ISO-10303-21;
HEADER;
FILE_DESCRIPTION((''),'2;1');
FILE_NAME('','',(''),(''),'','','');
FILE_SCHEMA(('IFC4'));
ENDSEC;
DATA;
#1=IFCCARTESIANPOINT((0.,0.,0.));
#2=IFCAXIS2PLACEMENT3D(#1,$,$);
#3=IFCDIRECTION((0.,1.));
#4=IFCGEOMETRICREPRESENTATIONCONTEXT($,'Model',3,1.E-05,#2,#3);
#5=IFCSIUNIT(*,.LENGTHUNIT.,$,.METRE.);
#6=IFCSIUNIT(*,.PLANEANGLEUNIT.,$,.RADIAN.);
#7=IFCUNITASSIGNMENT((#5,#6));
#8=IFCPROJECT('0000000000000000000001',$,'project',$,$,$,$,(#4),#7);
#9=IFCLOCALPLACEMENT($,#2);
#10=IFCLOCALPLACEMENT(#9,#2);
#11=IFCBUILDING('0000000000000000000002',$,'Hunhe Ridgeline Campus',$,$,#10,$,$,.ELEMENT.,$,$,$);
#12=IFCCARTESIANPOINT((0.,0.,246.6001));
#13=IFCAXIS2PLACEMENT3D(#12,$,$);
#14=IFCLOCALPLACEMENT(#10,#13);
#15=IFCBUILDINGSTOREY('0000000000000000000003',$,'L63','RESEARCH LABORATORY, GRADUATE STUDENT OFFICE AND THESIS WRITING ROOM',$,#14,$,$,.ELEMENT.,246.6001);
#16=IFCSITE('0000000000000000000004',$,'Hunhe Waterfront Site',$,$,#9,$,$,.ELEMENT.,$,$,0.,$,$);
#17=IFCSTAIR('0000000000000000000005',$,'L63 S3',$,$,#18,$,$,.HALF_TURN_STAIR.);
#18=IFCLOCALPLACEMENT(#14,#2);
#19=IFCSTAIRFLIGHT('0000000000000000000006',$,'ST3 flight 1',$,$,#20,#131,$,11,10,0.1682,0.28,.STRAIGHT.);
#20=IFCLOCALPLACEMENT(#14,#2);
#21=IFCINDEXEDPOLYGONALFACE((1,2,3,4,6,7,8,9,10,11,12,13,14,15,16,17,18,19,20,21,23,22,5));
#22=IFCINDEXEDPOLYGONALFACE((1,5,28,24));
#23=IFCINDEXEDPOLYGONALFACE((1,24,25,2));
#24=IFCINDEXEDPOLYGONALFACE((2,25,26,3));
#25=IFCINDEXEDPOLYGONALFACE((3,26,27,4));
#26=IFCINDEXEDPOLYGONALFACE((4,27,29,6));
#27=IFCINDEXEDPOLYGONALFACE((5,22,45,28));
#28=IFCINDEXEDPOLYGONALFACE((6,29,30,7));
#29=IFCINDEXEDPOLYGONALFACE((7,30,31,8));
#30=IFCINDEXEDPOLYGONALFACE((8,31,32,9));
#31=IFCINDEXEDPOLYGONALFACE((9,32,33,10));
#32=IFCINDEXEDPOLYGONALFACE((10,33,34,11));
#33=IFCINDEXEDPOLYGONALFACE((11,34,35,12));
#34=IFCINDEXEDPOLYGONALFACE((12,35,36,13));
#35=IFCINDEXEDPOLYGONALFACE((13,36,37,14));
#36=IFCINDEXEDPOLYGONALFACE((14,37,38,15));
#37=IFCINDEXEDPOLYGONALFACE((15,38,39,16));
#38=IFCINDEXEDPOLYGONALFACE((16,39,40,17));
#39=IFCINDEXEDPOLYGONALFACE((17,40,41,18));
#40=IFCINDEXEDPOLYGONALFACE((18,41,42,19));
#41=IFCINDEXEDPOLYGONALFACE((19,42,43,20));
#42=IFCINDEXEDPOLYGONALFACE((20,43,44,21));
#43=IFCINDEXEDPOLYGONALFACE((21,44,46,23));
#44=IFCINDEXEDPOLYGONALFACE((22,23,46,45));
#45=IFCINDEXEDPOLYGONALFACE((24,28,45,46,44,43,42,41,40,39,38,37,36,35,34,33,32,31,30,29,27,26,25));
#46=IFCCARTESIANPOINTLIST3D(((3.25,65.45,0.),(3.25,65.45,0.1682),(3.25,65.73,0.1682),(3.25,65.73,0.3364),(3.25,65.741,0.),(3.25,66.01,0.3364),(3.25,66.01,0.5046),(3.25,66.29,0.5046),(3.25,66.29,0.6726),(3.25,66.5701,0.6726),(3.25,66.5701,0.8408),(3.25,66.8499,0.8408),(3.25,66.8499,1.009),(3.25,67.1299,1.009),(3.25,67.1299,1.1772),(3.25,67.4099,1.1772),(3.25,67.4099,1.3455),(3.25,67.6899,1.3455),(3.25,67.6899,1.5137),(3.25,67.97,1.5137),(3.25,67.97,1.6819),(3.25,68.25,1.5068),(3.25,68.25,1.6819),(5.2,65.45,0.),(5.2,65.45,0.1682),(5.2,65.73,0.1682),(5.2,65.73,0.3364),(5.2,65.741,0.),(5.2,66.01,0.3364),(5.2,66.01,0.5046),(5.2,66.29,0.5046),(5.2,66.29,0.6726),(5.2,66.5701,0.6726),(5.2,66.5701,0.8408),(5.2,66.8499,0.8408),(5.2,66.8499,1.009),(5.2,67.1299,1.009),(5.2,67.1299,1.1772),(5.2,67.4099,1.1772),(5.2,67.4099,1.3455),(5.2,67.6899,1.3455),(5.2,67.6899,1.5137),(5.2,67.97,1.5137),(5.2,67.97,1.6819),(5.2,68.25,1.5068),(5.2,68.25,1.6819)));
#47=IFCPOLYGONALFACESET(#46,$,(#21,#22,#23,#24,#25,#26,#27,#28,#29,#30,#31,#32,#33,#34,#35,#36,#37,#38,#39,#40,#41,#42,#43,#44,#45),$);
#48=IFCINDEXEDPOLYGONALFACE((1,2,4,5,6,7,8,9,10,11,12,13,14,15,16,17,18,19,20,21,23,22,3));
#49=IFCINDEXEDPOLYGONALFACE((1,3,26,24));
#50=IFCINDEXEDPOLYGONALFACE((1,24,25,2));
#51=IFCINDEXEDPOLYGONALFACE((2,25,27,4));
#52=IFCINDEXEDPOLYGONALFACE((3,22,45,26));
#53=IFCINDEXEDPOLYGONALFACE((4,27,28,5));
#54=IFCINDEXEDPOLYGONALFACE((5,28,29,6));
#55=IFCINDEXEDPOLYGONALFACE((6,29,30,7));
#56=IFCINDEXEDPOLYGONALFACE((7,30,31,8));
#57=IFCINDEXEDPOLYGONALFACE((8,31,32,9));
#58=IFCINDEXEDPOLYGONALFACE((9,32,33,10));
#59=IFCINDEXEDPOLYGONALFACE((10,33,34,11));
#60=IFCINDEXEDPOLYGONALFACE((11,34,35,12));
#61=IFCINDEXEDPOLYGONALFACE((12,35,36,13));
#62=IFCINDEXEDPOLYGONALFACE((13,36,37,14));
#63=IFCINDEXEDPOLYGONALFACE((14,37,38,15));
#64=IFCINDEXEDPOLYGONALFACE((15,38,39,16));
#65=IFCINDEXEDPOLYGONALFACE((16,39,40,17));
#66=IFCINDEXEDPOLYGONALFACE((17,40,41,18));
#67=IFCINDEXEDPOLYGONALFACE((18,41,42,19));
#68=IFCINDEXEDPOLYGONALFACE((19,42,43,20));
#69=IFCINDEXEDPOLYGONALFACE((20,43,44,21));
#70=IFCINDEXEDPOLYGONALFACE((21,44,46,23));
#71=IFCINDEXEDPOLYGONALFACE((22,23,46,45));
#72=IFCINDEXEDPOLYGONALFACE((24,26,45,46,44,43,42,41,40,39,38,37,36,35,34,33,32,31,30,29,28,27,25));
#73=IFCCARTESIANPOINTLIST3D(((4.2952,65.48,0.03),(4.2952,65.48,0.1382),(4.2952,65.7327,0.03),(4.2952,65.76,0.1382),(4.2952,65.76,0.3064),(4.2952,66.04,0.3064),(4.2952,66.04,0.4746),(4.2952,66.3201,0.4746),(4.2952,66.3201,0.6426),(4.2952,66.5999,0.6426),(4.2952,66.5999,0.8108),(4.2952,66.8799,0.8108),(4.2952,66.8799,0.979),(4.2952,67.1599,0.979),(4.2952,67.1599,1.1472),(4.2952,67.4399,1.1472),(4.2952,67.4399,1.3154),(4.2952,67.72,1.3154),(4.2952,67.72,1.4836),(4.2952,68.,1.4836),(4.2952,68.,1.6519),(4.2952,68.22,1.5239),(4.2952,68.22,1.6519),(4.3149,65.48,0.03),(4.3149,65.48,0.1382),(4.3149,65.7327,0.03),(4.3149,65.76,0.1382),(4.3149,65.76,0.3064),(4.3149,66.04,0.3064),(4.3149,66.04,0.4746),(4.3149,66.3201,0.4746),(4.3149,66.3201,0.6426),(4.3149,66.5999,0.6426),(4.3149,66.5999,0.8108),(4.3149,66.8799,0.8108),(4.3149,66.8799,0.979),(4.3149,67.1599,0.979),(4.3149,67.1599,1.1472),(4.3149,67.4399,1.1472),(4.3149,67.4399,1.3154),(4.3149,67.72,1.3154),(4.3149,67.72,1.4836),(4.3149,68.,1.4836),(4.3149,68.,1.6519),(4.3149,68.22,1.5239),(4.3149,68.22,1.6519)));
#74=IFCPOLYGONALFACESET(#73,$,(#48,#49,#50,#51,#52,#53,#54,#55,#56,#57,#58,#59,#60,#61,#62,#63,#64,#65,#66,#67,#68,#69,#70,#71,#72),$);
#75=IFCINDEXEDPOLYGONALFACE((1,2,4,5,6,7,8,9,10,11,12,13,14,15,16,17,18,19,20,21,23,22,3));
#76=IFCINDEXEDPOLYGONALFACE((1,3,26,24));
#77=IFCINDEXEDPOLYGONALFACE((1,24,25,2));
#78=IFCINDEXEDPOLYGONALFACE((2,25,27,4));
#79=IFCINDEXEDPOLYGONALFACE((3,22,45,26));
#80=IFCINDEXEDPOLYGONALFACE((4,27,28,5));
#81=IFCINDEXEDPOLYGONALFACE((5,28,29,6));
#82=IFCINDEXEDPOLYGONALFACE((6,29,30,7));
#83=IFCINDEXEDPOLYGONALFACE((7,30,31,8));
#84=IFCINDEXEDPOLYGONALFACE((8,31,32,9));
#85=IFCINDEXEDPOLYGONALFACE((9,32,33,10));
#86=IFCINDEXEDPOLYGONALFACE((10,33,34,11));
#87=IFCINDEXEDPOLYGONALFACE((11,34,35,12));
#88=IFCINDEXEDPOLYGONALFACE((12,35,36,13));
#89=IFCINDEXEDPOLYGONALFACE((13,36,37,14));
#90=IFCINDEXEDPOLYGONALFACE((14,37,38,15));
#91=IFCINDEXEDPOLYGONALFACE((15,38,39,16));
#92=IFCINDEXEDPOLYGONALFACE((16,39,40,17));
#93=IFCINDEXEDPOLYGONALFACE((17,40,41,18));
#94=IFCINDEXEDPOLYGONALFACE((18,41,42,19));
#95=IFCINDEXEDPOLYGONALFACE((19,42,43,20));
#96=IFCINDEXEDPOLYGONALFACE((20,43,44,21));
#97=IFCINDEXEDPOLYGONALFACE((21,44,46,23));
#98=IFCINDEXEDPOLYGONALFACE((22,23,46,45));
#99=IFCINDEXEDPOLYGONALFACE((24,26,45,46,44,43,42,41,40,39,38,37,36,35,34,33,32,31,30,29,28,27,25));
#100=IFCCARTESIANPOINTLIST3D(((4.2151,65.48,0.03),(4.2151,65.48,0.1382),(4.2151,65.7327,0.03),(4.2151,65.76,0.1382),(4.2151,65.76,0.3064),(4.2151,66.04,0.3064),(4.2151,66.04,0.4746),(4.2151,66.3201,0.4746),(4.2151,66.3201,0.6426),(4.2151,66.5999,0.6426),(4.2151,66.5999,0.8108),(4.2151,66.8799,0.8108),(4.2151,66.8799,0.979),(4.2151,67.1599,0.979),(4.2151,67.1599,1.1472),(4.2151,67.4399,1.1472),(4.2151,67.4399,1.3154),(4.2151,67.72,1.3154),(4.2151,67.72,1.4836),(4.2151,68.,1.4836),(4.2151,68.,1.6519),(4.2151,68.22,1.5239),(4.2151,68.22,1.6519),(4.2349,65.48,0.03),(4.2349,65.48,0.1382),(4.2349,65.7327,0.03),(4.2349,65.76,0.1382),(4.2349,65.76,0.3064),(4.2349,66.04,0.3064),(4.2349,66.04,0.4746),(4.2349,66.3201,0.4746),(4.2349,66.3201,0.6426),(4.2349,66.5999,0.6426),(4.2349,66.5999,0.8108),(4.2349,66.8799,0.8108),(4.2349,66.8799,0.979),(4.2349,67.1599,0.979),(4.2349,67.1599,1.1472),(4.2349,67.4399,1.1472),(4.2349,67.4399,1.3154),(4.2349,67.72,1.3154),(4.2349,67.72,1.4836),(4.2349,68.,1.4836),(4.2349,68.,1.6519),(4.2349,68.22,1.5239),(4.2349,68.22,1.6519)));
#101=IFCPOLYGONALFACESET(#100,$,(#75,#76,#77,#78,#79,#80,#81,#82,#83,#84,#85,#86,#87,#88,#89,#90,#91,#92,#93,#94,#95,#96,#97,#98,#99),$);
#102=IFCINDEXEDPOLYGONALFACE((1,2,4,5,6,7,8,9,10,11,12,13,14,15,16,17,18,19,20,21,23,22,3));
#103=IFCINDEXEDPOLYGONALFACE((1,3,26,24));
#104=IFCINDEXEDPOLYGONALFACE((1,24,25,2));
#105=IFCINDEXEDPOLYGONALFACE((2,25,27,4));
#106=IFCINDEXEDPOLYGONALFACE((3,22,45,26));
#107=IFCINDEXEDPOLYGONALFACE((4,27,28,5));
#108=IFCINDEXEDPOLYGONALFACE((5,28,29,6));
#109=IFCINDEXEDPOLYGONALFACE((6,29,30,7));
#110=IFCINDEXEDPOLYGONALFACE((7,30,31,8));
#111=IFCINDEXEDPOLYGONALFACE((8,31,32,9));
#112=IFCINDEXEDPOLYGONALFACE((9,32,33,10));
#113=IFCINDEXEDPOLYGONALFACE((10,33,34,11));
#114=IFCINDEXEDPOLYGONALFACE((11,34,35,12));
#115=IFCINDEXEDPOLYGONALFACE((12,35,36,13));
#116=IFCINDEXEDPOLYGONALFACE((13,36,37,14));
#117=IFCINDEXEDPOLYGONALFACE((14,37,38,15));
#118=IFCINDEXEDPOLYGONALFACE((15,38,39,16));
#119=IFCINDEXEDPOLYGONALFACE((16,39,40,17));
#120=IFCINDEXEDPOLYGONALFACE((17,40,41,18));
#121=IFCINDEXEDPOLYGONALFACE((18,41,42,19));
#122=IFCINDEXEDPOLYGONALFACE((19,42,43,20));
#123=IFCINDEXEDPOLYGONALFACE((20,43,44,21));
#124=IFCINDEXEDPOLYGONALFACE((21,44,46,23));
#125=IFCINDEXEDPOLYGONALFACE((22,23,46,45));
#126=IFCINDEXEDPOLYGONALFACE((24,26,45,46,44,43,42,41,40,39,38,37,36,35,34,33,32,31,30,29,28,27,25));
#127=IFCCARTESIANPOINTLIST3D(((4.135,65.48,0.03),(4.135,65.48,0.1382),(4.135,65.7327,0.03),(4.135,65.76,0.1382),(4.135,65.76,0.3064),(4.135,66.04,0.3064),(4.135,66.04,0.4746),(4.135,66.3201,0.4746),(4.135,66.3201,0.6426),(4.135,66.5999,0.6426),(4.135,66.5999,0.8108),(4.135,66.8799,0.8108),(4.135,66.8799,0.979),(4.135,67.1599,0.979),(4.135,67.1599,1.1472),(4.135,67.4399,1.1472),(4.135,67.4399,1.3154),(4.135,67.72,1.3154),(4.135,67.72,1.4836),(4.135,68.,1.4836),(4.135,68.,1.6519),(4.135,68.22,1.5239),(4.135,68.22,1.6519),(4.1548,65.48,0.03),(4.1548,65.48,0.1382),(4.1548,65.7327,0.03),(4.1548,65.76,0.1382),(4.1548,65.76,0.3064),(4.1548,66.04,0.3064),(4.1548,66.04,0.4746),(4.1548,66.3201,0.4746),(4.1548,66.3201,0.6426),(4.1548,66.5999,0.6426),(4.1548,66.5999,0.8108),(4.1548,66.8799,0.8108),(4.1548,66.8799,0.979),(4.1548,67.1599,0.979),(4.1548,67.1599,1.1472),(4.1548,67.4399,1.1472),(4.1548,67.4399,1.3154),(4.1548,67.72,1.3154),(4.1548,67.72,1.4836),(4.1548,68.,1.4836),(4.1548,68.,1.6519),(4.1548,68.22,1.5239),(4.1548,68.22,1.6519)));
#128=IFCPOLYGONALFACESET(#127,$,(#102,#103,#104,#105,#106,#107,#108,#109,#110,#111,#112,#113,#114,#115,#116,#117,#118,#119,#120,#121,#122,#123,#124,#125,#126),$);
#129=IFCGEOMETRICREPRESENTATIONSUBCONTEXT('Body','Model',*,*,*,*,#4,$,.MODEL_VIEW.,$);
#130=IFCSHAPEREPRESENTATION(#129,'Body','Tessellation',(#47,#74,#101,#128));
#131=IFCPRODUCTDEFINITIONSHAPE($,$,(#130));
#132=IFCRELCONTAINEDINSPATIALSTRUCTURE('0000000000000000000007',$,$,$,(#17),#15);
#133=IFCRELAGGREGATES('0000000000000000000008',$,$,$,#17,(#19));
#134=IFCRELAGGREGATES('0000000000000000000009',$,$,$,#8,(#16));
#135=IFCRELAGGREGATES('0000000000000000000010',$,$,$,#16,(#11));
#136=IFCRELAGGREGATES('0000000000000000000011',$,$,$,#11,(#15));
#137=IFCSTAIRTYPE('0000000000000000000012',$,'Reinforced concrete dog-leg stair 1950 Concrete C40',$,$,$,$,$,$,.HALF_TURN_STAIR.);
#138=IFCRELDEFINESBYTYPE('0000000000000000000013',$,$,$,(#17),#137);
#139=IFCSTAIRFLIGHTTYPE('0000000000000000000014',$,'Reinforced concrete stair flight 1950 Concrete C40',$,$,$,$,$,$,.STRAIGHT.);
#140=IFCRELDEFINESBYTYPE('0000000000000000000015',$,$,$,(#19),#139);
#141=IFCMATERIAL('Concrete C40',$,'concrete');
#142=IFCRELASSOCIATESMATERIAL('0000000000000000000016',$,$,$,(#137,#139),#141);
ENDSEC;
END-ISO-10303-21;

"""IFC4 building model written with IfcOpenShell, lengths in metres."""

from ifc_helpers import new_model, si_unit, direction, frame, origin, place, context, subcontext, project, spatial, polyline, outline, extrude, material, type_object, element, aggregate, save


model = new_model("IFC4")

# Units and contexts
model_context = context("Model", 3, precision=1e-05, world=origin(), true_north=direction((0.0, 1.0)))
body_context = subcontext(model_context, "Body", "Model", "MODEL_VIEW")
ifc_project = project(units=[si_unit("LENGTHUNIT", "METRE"), si_unit("PLANEANGLEUNIT", "RADIAN")], contexts=[model_context])

# Site, building, storey
site_placement = place(None, origin())
site = spatial("IfcSite", under=ifc_project, at=site_placement, Name="Hunhe Waterfront Site", CompositionType="ELEMENT", RefElevation=0.0)
building_placement = place(site_placement, origin())
building = spatial("IfcBuilding", under=site, at=building_placement, Name="Hunhe Ridgeline Campus", CompositionType="ELEMENT")
storey_placement = place(building_placement, frame((0.0, 0.0, 246.6001)))
storey = spatial("IfcBuildingStorey", under=building, at=storey_placement, Name="L63", Description="RESEARCH LABORATORY, GRADUATE STUDENT OFFICE AND THESIS WRITING ROOM", CompositionType="ELEMENT", Elevation=246.6001)

# Stair, stair flight
ifc_material_1 = material(Name="Concrete C40", Category="concrete")
stair_type = type_object("IfcStairType", Name="Reinforced concrete dog-leg stair 1950 Concrete C40", PredefinedType="HALF_TURN_STAIR", material=ifc_material_1)
stair_1_placement = place(storey_placement, origin())
stair_1 = element("IfcStair", 1, at=stair_1_placement, inside=storey, type_object=stair_type, Name="L63 S3", PredefinedType="HALF_TURN_STAIR")
stair_flight_type = type_object("IfcStairFlightType", Name="Reinforced concrete stair flight 1950 Concrete C40", PredefinedType="STRAIGHT", material=ifc_material_1)
stair_flight_1_placement = place(storey_placement, frame((4.2251, 65.45, 0.0), z_axis=(0.0, 0.0, 1.0), x_axis=(0.0, 1.0, 0.0)))
stair_flight_1 = element("IfcStairFlight", 2, at=stair_flight_1_placement, type_object=stair_flight_type, Name="ST3 flight 1", NumberOfRisers=11, NumberOfTreads=10, PredefinedType="STRAIGHT", RiserHeight=0.1682, TreadLength=0.28, context=body_context, shape_type="SweptSolid", body=[
    extrude(outline(polyline([(0.0, 0.0), (0.0, 0.1682), (0.28, 0.1682), (0.28, 0.3364), (0.5601, 0.3364), (0.5601, 0.5046), (0.8401, 0.5046), (0.8401, 0.6726), (1.1201, 0.6726), (1.1201, 0.8408), (1.3999, 0.8408), (1.3999, 1.009), (1.6799, 1.009), (1.6799, 1.1772), (1.96, 1.1772), (1.96, 1.3455), (2.24, 1.3455), (2.24, 1.5137), (2.52, 1.5137), (2.52, 1.6819), (2.8, 1.6819), (2.8, 1.8501), (2.8, 1.5068), (0.291, 0.0), (0.0, 0.0)])), frame((0.0, 0.9751, 0.0), z_axis=(0.0, -1.0, 0.0), x_axis=(1.0, 0.0, 0.0)), (0.0, 0.0, 1.0), 1.95),
    extrude(outline(polyline([(0.03, 0.03), (0.03, 0.1382), (0.3101, 0.1382), (0.3101, 0.3064), (0.5901, 0.3064), (0.5901, 0.4746), (0.8701, 0.4746), (0.8701, 0.6426), (1.1499, 0.6426), (1.1499, 0.8108), (1.4299, 0.8108), (1.4299, 0.979), (1.71, 0.979), (1.71, 1.1472), (1.99, 1.1472), (1.99, 1.3154), (2.27, 1.3154), (2.27, 1.4836), (2.55, 1.4836), (2.55, 1.6519), (2.77, 1.6519), (2.77, 1.5239), (0.2827, 0.03), (0.03, 0.03)])), frame((0.0, -0.0701, 0.0), z_axis=(0.0, -1.0, 0.0), x_axis=(1.0, 0.0, 0.0)), (0.0, 0.0, 1.0), 0.0198),
    extrude(outline(polyline([(0.03, 0.03), (0.03, 0.1382), (0.3101, 0.1382), (0.3101, 0.3064), (0.5901, 0.3064), (0.5901, 0.4746), (0.8701, 0.4746), (0.8701, 0.6426), (1.1499, 0.6426), (1.1499, 0.8108), (1.4299, 0.8108), (1.4299, 0.979), (1.71, 0.979), (1.71, 1.1472), (1.99, 1.1472), (1.99, 1.3154), (2.27, 1.3154), (2.27, 1.4836), (2.55, 1.4836), (2.55, 1.6519), (2.77, 1.6519), (2.77, 1.5239), (0.2827, 0.03), (0.03, 0.03)])), frame((0.0, 0.01, 0.0), z_axis=(0.0, -1.0, 0.0), x_axis=(1.0, 0.0, 0.0)), (0.0, 0.0, 1.0), 0.0198),
    extrude(outline(polyline([(0.03, 0.03), (0.03, 0.1382), (0.3101, 0.1382), (0.3101, 0.3064), (0.5901, 0.3064), (0.5901, 0.4746), (0.8701, 0.4746), (0.8701, 0.6426), (1.1499, 0.6426), (1.1499, 0.8108), (1.4299, 0.8108), (1.4299, 0.979), (1.71, 0.979), (1.71, 1.1472), (1.99, 1.1472), (1.99, 1.3154), (2.27, 1.3154), (2.27, 1.4836), (2.55, 1.4836), (2.55, 1.6519), (2.77, 1.6519), (2.77, 1.5239), (0.2827, 0.03), (0.03, 0.03)])), frame((0.0, 0.0901, 0.0), z_axis=(0.0, -1.0, 0.0), x_axis=(1.0, 0.0, 0.0)), (0.0, 0.0, 1.0), 0.0198),
])
aggregate(stair_1, [stair_flight_1])

save(model, "model.ifc")
